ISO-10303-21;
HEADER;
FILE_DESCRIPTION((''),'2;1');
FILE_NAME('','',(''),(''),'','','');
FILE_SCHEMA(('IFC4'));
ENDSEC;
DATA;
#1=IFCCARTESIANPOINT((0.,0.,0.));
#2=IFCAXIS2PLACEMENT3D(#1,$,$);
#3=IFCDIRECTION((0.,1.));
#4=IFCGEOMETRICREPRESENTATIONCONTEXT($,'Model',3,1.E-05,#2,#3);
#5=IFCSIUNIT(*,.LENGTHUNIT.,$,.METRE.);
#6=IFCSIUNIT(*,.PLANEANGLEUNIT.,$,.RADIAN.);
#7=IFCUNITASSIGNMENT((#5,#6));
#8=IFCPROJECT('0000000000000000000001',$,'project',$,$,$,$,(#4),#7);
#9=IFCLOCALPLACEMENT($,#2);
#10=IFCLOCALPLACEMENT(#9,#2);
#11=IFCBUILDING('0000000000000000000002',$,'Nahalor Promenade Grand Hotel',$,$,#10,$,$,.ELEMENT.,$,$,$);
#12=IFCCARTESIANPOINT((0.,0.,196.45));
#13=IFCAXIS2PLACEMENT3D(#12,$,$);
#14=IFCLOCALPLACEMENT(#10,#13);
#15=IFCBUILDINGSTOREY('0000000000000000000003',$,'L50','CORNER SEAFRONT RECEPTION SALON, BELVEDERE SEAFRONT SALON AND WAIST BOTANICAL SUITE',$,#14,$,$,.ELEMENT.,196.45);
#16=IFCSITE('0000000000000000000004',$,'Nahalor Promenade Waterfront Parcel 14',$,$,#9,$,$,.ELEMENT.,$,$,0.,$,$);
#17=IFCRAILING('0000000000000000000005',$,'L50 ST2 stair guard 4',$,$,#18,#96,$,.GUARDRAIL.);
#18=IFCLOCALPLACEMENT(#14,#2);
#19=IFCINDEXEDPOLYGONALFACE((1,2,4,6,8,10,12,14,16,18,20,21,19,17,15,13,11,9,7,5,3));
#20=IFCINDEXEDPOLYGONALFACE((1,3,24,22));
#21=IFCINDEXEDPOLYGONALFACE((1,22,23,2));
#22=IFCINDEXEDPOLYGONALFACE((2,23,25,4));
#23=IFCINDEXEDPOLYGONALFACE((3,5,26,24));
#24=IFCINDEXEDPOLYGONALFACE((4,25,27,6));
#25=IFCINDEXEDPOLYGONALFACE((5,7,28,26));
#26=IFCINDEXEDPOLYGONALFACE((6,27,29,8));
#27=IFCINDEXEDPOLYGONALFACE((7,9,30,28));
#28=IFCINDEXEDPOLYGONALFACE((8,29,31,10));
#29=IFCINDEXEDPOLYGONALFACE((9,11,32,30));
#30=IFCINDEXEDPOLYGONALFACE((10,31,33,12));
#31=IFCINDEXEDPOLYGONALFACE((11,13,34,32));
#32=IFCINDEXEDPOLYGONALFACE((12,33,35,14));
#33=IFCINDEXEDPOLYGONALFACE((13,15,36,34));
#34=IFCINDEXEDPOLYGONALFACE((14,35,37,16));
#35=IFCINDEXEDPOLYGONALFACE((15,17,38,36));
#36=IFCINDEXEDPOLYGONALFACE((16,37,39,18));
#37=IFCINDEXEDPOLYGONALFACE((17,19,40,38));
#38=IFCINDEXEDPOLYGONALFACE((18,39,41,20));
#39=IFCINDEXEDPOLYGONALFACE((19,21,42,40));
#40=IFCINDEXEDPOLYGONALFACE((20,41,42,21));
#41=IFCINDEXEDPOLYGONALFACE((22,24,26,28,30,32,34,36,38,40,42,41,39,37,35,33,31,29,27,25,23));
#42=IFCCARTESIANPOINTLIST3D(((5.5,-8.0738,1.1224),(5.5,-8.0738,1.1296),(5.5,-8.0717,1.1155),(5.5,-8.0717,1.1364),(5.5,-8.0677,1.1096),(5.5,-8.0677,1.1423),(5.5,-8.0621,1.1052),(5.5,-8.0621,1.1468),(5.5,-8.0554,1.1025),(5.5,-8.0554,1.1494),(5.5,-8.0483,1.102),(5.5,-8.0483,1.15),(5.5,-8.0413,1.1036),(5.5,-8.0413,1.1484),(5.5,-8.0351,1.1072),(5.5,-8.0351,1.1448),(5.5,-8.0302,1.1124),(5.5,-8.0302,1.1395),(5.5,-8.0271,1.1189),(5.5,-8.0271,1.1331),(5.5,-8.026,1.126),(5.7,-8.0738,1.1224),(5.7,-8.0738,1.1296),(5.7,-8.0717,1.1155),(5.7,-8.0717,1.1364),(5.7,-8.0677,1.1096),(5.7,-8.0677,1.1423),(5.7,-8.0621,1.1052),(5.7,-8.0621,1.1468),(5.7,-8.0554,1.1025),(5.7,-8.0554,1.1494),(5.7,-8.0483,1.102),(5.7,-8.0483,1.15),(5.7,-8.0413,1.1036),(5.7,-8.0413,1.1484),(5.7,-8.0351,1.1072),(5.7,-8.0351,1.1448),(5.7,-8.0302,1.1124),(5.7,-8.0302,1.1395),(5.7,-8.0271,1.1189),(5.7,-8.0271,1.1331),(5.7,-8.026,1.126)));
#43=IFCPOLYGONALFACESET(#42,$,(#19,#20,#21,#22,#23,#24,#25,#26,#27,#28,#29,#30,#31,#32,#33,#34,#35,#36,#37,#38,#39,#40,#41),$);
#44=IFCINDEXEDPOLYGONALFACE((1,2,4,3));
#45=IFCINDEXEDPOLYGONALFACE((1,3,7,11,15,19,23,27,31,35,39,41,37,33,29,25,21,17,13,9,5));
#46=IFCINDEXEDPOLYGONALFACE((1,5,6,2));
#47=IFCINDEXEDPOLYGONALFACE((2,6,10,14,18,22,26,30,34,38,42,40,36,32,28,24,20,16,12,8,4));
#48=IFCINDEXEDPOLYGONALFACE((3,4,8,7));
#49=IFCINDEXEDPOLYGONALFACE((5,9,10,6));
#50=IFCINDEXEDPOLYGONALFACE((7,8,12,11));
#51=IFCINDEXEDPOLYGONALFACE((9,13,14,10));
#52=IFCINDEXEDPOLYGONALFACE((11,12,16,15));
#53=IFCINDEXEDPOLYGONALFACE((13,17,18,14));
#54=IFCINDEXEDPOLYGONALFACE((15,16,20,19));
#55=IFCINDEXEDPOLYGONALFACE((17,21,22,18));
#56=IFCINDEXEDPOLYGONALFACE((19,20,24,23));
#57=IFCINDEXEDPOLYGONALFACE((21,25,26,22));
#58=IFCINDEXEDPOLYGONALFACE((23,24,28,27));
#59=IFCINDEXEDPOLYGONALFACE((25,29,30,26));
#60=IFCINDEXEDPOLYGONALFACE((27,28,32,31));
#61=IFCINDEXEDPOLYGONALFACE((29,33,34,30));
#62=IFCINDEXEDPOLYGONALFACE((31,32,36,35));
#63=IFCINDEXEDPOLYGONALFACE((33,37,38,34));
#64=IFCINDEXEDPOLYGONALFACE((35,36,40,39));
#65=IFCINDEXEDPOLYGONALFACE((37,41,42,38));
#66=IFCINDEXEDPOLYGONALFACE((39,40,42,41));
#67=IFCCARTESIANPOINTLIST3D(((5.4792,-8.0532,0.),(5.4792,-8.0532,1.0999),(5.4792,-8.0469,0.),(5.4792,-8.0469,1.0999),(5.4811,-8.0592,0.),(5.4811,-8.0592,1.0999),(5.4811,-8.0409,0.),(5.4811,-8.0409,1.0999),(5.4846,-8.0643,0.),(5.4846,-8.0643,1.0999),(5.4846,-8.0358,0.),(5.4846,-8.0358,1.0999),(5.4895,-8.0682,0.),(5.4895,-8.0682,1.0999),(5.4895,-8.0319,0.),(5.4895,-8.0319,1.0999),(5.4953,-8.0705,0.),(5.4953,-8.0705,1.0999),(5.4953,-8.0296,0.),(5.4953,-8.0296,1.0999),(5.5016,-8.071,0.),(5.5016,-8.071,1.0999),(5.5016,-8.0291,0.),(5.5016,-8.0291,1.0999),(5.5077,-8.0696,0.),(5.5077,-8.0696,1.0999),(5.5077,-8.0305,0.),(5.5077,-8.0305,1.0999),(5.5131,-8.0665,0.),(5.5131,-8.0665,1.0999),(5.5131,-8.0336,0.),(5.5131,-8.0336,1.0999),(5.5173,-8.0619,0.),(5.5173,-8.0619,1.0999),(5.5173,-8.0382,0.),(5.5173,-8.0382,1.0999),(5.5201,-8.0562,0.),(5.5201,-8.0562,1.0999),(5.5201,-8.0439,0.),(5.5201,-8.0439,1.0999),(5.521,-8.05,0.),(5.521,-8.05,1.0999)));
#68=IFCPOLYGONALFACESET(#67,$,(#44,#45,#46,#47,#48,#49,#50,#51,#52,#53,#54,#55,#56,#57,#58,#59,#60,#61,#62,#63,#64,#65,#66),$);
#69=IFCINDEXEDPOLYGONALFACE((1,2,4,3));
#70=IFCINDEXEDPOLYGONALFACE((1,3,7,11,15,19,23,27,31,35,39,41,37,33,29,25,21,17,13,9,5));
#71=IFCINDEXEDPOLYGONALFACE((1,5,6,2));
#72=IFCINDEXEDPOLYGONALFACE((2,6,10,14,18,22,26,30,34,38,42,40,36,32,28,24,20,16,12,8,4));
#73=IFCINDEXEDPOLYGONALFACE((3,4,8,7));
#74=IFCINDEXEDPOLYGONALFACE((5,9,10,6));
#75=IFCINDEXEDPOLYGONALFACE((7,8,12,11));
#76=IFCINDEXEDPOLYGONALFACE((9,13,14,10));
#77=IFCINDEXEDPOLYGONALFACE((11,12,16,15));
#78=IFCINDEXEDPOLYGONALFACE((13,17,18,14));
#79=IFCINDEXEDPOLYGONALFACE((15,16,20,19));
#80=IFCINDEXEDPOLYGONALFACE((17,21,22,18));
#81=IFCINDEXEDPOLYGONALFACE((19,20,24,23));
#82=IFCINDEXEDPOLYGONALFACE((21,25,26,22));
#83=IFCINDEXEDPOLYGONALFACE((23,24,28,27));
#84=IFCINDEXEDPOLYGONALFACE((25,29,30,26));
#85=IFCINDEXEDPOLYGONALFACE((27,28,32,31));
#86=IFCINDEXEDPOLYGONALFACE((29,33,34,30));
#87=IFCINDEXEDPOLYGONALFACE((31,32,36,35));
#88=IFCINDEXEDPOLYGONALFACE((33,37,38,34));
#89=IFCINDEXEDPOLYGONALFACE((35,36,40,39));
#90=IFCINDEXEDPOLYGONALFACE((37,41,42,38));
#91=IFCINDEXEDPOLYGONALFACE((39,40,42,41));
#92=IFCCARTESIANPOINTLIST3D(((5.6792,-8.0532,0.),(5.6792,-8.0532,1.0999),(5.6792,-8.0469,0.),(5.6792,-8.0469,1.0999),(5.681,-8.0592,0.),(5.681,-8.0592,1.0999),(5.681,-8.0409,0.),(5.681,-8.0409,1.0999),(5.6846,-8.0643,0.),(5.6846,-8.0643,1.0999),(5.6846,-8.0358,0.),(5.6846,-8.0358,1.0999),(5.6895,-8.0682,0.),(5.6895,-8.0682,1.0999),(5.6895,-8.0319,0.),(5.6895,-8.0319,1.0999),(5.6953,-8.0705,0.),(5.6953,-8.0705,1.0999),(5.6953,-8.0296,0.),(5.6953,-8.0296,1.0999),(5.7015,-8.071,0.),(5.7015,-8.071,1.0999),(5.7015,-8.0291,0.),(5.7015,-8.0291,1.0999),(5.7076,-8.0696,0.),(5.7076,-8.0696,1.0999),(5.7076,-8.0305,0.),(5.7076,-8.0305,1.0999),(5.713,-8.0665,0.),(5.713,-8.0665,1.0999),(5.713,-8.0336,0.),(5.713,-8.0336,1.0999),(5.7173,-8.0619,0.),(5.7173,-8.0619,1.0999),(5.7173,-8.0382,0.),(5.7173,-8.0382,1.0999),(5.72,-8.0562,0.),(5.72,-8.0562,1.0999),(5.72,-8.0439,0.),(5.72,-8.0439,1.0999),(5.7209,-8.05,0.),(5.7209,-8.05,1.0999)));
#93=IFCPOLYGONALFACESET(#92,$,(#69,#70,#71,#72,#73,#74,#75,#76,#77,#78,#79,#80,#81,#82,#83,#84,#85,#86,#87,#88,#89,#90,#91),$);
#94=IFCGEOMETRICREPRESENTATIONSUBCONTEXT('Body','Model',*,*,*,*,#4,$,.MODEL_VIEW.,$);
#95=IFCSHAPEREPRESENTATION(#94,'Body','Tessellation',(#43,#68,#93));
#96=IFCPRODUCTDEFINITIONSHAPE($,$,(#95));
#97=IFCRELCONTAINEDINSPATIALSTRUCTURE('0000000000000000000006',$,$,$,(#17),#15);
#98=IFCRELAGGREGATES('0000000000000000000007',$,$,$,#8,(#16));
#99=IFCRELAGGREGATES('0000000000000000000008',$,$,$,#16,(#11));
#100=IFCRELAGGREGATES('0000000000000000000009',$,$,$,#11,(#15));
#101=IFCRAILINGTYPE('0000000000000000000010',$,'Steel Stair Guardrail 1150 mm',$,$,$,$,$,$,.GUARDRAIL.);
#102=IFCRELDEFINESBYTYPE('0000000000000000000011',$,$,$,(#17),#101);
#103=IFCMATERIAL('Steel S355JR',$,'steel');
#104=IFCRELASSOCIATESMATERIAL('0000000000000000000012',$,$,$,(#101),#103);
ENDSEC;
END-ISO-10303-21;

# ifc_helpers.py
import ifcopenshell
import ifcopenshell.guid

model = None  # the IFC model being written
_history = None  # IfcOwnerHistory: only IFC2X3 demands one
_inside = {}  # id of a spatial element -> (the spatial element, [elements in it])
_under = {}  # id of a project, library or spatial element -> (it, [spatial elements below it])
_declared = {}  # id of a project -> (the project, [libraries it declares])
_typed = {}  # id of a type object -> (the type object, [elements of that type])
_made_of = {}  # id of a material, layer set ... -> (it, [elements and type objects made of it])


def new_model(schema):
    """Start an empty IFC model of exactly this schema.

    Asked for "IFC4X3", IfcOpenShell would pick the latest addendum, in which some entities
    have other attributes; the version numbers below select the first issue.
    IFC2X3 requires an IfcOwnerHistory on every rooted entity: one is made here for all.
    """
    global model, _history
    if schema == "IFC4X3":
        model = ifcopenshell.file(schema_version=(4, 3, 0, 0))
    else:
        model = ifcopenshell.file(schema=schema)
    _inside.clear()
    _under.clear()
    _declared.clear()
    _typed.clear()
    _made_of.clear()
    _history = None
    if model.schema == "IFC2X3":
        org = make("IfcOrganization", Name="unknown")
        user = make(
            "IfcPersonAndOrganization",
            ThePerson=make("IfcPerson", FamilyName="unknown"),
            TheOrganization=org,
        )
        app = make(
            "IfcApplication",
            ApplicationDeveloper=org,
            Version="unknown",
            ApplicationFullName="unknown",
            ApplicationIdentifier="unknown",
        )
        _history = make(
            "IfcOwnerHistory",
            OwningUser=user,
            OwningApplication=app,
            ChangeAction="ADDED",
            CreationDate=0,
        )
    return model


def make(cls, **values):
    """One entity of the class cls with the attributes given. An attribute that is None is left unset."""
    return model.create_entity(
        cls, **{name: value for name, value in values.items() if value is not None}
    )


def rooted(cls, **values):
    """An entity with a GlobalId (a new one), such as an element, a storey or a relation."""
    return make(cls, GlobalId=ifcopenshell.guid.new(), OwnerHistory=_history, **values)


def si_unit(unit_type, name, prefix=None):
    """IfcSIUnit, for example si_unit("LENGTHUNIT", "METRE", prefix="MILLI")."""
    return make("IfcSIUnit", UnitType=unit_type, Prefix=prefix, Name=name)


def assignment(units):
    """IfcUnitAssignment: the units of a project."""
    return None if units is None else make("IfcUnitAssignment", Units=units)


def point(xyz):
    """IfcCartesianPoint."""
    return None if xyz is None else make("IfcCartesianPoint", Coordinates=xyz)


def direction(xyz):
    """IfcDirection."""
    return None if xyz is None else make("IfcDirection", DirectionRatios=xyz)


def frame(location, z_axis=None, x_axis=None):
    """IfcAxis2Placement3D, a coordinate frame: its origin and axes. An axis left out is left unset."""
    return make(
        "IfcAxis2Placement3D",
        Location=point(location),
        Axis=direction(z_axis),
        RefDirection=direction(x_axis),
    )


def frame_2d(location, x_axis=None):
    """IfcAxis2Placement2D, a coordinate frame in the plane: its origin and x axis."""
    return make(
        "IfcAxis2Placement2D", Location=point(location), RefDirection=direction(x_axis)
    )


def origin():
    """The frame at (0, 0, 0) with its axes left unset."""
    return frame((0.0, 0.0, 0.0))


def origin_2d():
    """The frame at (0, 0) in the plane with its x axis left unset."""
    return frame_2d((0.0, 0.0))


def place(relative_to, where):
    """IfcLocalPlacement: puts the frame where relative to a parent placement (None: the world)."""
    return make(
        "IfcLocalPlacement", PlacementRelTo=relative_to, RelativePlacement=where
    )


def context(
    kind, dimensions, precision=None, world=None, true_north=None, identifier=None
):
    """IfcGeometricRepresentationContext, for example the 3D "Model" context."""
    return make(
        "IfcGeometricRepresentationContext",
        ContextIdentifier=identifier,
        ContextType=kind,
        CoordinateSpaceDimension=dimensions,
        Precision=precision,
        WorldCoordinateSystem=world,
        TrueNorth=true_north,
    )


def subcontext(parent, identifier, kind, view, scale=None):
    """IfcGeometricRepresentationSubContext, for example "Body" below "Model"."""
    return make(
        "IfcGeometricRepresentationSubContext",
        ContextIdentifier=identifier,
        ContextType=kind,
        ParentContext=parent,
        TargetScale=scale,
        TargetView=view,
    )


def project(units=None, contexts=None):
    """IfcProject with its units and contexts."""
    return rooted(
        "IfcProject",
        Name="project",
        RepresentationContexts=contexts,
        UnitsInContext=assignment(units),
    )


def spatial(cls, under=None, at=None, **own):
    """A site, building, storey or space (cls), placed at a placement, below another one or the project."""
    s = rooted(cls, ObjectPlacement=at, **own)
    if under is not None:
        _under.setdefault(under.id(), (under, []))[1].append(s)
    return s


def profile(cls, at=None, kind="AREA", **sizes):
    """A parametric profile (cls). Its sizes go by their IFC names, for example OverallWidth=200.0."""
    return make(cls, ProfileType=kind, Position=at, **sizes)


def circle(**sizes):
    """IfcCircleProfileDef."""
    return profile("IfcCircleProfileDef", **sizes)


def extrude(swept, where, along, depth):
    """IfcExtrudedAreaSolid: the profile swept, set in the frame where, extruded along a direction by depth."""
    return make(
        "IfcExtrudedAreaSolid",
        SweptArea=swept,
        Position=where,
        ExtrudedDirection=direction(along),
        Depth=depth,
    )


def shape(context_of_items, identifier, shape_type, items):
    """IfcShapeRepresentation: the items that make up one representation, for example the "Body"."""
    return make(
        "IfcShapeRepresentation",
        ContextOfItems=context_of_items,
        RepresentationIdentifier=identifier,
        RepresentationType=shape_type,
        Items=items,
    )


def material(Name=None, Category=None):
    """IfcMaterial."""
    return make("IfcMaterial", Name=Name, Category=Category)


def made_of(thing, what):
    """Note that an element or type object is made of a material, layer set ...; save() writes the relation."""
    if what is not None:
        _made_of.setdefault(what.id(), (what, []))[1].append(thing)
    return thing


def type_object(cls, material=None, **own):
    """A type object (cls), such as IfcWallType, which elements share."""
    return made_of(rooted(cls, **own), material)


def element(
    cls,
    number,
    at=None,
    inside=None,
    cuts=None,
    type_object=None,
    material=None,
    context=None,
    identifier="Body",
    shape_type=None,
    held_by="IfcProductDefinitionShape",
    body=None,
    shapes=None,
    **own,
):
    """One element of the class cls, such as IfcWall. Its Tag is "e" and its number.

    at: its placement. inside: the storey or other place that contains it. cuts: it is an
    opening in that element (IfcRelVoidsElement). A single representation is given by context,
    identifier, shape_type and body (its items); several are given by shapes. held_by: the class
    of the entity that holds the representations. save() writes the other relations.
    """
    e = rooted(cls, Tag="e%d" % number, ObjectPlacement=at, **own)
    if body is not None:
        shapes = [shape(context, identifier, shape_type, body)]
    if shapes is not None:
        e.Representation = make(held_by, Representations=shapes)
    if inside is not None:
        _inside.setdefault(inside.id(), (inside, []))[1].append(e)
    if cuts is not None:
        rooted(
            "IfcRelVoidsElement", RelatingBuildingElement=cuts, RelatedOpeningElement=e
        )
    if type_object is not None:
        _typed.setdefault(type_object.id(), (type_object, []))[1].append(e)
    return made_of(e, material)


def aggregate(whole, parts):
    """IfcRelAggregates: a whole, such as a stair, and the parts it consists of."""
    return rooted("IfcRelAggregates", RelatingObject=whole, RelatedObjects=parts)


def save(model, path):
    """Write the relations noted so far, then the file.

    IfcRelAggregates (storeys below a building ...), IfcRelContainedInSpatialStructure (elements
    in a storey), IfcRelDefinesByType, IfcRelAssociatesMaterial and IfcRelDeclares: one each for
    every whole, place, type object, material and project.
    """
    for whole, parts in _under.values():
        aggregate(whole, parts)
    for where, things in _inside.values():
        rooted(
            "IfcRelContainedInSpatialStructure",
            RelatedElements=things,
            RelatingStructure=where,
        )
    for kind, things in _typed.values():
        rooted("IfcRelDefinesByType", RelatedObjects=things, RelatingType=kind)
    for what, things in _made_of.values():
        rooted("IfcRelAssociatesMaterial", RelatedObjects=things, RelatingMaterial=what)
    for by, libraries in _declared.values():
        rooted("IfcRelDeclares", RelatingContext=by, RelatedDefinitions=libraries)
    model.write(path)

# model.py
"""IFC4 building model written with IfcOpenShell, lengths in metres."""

from ifc_helpers import new_model, si_unit, direction, frame, origin, origin_2d, place, context, subcontext, project, spatial, circle, extrude, material, type_object, element, save


model = new_model("IFC4")

# Units and contexts
model_context = context("Model", 3, precision=1e-05, world=origin(), true_north=direction((0.0, 1.0)))
body_context = subcontext(model_context, "Body", "Model", "MODEL_VIEW")
ifc_project = project(units=[si_unit("LENGTHUNIT", "METRE"), si_unit("PLANEANGLEUNIT", "RADIAN")], contexts=[model_context])

# Site, building, storey
site_placement = place(None, origin())
site = spatial("IfcSite", under=ifc_project, at=site_placement, Name="Nahalor Promenade Waterfront Parcel 14", CompositionType="ELEMENT", RefElevation=0.0)
building_placement = place(site_placement, origin())
building = spatial("IfcBuilding", under=site, at=building_placement, Name="Nahalor Promenade Grand Hotel", CompositionType="ELEMENT")
storey_placement = place(building_placement, frame((0.0, 0.0, 196.45)))
storey = spatial("IfcBuildingStorey", under=building, at=storey_placement, Name="L50", Description="CORNER SEAFRONT RECEPTION SALON, BELVEDERE SEAFRONT SALON AND WAIST BOTANICAL SUITE", CompositionType="ELEMENT", Elevation=196.45)

# Shared definitions
ifc_material_1 = material(Name="Steel S355JR", Category="steel")

# Railing
railing_type_1 = type_object("IfcRailingType", Name="Steel Stair Guardrail 1150 mm", PredefinedType="GUARDRAIL", material=ifc_material_1)
railing_1_placement = place(storey_placement, frame((5.5, -8.05, 0.0)))
element("IfcRailing", 1, at=railing_1_placement, inside=storey, type_object=railing_type_1, Name="L50 ST2 stair guard 4", PredefinedType="GUARDRAIL", context=body_context, shape_type="SweptSolid", body=[
    extrude(circle(Radius=0.024, at=origin_2d()), frame((0.0, 0.0, 1.126), z_axis=(1.0, 0.0, 0.0), x_axis=(0.0, 1.0, 0.0)), (0.0, 0.0, 1.0), 0.2),
    extrude(circle(Radius=0.021, at=origin_2d()), origin(), (0.0, 0.0, 1.0), 1.0999),
    extrude(circle(Radius=0.021, at=origin_2d()), frame((0.2, 0.0, 0.0)), (0.0, 0.0, 1.0), 1.0999),
])

save(model, "model.ifc")
